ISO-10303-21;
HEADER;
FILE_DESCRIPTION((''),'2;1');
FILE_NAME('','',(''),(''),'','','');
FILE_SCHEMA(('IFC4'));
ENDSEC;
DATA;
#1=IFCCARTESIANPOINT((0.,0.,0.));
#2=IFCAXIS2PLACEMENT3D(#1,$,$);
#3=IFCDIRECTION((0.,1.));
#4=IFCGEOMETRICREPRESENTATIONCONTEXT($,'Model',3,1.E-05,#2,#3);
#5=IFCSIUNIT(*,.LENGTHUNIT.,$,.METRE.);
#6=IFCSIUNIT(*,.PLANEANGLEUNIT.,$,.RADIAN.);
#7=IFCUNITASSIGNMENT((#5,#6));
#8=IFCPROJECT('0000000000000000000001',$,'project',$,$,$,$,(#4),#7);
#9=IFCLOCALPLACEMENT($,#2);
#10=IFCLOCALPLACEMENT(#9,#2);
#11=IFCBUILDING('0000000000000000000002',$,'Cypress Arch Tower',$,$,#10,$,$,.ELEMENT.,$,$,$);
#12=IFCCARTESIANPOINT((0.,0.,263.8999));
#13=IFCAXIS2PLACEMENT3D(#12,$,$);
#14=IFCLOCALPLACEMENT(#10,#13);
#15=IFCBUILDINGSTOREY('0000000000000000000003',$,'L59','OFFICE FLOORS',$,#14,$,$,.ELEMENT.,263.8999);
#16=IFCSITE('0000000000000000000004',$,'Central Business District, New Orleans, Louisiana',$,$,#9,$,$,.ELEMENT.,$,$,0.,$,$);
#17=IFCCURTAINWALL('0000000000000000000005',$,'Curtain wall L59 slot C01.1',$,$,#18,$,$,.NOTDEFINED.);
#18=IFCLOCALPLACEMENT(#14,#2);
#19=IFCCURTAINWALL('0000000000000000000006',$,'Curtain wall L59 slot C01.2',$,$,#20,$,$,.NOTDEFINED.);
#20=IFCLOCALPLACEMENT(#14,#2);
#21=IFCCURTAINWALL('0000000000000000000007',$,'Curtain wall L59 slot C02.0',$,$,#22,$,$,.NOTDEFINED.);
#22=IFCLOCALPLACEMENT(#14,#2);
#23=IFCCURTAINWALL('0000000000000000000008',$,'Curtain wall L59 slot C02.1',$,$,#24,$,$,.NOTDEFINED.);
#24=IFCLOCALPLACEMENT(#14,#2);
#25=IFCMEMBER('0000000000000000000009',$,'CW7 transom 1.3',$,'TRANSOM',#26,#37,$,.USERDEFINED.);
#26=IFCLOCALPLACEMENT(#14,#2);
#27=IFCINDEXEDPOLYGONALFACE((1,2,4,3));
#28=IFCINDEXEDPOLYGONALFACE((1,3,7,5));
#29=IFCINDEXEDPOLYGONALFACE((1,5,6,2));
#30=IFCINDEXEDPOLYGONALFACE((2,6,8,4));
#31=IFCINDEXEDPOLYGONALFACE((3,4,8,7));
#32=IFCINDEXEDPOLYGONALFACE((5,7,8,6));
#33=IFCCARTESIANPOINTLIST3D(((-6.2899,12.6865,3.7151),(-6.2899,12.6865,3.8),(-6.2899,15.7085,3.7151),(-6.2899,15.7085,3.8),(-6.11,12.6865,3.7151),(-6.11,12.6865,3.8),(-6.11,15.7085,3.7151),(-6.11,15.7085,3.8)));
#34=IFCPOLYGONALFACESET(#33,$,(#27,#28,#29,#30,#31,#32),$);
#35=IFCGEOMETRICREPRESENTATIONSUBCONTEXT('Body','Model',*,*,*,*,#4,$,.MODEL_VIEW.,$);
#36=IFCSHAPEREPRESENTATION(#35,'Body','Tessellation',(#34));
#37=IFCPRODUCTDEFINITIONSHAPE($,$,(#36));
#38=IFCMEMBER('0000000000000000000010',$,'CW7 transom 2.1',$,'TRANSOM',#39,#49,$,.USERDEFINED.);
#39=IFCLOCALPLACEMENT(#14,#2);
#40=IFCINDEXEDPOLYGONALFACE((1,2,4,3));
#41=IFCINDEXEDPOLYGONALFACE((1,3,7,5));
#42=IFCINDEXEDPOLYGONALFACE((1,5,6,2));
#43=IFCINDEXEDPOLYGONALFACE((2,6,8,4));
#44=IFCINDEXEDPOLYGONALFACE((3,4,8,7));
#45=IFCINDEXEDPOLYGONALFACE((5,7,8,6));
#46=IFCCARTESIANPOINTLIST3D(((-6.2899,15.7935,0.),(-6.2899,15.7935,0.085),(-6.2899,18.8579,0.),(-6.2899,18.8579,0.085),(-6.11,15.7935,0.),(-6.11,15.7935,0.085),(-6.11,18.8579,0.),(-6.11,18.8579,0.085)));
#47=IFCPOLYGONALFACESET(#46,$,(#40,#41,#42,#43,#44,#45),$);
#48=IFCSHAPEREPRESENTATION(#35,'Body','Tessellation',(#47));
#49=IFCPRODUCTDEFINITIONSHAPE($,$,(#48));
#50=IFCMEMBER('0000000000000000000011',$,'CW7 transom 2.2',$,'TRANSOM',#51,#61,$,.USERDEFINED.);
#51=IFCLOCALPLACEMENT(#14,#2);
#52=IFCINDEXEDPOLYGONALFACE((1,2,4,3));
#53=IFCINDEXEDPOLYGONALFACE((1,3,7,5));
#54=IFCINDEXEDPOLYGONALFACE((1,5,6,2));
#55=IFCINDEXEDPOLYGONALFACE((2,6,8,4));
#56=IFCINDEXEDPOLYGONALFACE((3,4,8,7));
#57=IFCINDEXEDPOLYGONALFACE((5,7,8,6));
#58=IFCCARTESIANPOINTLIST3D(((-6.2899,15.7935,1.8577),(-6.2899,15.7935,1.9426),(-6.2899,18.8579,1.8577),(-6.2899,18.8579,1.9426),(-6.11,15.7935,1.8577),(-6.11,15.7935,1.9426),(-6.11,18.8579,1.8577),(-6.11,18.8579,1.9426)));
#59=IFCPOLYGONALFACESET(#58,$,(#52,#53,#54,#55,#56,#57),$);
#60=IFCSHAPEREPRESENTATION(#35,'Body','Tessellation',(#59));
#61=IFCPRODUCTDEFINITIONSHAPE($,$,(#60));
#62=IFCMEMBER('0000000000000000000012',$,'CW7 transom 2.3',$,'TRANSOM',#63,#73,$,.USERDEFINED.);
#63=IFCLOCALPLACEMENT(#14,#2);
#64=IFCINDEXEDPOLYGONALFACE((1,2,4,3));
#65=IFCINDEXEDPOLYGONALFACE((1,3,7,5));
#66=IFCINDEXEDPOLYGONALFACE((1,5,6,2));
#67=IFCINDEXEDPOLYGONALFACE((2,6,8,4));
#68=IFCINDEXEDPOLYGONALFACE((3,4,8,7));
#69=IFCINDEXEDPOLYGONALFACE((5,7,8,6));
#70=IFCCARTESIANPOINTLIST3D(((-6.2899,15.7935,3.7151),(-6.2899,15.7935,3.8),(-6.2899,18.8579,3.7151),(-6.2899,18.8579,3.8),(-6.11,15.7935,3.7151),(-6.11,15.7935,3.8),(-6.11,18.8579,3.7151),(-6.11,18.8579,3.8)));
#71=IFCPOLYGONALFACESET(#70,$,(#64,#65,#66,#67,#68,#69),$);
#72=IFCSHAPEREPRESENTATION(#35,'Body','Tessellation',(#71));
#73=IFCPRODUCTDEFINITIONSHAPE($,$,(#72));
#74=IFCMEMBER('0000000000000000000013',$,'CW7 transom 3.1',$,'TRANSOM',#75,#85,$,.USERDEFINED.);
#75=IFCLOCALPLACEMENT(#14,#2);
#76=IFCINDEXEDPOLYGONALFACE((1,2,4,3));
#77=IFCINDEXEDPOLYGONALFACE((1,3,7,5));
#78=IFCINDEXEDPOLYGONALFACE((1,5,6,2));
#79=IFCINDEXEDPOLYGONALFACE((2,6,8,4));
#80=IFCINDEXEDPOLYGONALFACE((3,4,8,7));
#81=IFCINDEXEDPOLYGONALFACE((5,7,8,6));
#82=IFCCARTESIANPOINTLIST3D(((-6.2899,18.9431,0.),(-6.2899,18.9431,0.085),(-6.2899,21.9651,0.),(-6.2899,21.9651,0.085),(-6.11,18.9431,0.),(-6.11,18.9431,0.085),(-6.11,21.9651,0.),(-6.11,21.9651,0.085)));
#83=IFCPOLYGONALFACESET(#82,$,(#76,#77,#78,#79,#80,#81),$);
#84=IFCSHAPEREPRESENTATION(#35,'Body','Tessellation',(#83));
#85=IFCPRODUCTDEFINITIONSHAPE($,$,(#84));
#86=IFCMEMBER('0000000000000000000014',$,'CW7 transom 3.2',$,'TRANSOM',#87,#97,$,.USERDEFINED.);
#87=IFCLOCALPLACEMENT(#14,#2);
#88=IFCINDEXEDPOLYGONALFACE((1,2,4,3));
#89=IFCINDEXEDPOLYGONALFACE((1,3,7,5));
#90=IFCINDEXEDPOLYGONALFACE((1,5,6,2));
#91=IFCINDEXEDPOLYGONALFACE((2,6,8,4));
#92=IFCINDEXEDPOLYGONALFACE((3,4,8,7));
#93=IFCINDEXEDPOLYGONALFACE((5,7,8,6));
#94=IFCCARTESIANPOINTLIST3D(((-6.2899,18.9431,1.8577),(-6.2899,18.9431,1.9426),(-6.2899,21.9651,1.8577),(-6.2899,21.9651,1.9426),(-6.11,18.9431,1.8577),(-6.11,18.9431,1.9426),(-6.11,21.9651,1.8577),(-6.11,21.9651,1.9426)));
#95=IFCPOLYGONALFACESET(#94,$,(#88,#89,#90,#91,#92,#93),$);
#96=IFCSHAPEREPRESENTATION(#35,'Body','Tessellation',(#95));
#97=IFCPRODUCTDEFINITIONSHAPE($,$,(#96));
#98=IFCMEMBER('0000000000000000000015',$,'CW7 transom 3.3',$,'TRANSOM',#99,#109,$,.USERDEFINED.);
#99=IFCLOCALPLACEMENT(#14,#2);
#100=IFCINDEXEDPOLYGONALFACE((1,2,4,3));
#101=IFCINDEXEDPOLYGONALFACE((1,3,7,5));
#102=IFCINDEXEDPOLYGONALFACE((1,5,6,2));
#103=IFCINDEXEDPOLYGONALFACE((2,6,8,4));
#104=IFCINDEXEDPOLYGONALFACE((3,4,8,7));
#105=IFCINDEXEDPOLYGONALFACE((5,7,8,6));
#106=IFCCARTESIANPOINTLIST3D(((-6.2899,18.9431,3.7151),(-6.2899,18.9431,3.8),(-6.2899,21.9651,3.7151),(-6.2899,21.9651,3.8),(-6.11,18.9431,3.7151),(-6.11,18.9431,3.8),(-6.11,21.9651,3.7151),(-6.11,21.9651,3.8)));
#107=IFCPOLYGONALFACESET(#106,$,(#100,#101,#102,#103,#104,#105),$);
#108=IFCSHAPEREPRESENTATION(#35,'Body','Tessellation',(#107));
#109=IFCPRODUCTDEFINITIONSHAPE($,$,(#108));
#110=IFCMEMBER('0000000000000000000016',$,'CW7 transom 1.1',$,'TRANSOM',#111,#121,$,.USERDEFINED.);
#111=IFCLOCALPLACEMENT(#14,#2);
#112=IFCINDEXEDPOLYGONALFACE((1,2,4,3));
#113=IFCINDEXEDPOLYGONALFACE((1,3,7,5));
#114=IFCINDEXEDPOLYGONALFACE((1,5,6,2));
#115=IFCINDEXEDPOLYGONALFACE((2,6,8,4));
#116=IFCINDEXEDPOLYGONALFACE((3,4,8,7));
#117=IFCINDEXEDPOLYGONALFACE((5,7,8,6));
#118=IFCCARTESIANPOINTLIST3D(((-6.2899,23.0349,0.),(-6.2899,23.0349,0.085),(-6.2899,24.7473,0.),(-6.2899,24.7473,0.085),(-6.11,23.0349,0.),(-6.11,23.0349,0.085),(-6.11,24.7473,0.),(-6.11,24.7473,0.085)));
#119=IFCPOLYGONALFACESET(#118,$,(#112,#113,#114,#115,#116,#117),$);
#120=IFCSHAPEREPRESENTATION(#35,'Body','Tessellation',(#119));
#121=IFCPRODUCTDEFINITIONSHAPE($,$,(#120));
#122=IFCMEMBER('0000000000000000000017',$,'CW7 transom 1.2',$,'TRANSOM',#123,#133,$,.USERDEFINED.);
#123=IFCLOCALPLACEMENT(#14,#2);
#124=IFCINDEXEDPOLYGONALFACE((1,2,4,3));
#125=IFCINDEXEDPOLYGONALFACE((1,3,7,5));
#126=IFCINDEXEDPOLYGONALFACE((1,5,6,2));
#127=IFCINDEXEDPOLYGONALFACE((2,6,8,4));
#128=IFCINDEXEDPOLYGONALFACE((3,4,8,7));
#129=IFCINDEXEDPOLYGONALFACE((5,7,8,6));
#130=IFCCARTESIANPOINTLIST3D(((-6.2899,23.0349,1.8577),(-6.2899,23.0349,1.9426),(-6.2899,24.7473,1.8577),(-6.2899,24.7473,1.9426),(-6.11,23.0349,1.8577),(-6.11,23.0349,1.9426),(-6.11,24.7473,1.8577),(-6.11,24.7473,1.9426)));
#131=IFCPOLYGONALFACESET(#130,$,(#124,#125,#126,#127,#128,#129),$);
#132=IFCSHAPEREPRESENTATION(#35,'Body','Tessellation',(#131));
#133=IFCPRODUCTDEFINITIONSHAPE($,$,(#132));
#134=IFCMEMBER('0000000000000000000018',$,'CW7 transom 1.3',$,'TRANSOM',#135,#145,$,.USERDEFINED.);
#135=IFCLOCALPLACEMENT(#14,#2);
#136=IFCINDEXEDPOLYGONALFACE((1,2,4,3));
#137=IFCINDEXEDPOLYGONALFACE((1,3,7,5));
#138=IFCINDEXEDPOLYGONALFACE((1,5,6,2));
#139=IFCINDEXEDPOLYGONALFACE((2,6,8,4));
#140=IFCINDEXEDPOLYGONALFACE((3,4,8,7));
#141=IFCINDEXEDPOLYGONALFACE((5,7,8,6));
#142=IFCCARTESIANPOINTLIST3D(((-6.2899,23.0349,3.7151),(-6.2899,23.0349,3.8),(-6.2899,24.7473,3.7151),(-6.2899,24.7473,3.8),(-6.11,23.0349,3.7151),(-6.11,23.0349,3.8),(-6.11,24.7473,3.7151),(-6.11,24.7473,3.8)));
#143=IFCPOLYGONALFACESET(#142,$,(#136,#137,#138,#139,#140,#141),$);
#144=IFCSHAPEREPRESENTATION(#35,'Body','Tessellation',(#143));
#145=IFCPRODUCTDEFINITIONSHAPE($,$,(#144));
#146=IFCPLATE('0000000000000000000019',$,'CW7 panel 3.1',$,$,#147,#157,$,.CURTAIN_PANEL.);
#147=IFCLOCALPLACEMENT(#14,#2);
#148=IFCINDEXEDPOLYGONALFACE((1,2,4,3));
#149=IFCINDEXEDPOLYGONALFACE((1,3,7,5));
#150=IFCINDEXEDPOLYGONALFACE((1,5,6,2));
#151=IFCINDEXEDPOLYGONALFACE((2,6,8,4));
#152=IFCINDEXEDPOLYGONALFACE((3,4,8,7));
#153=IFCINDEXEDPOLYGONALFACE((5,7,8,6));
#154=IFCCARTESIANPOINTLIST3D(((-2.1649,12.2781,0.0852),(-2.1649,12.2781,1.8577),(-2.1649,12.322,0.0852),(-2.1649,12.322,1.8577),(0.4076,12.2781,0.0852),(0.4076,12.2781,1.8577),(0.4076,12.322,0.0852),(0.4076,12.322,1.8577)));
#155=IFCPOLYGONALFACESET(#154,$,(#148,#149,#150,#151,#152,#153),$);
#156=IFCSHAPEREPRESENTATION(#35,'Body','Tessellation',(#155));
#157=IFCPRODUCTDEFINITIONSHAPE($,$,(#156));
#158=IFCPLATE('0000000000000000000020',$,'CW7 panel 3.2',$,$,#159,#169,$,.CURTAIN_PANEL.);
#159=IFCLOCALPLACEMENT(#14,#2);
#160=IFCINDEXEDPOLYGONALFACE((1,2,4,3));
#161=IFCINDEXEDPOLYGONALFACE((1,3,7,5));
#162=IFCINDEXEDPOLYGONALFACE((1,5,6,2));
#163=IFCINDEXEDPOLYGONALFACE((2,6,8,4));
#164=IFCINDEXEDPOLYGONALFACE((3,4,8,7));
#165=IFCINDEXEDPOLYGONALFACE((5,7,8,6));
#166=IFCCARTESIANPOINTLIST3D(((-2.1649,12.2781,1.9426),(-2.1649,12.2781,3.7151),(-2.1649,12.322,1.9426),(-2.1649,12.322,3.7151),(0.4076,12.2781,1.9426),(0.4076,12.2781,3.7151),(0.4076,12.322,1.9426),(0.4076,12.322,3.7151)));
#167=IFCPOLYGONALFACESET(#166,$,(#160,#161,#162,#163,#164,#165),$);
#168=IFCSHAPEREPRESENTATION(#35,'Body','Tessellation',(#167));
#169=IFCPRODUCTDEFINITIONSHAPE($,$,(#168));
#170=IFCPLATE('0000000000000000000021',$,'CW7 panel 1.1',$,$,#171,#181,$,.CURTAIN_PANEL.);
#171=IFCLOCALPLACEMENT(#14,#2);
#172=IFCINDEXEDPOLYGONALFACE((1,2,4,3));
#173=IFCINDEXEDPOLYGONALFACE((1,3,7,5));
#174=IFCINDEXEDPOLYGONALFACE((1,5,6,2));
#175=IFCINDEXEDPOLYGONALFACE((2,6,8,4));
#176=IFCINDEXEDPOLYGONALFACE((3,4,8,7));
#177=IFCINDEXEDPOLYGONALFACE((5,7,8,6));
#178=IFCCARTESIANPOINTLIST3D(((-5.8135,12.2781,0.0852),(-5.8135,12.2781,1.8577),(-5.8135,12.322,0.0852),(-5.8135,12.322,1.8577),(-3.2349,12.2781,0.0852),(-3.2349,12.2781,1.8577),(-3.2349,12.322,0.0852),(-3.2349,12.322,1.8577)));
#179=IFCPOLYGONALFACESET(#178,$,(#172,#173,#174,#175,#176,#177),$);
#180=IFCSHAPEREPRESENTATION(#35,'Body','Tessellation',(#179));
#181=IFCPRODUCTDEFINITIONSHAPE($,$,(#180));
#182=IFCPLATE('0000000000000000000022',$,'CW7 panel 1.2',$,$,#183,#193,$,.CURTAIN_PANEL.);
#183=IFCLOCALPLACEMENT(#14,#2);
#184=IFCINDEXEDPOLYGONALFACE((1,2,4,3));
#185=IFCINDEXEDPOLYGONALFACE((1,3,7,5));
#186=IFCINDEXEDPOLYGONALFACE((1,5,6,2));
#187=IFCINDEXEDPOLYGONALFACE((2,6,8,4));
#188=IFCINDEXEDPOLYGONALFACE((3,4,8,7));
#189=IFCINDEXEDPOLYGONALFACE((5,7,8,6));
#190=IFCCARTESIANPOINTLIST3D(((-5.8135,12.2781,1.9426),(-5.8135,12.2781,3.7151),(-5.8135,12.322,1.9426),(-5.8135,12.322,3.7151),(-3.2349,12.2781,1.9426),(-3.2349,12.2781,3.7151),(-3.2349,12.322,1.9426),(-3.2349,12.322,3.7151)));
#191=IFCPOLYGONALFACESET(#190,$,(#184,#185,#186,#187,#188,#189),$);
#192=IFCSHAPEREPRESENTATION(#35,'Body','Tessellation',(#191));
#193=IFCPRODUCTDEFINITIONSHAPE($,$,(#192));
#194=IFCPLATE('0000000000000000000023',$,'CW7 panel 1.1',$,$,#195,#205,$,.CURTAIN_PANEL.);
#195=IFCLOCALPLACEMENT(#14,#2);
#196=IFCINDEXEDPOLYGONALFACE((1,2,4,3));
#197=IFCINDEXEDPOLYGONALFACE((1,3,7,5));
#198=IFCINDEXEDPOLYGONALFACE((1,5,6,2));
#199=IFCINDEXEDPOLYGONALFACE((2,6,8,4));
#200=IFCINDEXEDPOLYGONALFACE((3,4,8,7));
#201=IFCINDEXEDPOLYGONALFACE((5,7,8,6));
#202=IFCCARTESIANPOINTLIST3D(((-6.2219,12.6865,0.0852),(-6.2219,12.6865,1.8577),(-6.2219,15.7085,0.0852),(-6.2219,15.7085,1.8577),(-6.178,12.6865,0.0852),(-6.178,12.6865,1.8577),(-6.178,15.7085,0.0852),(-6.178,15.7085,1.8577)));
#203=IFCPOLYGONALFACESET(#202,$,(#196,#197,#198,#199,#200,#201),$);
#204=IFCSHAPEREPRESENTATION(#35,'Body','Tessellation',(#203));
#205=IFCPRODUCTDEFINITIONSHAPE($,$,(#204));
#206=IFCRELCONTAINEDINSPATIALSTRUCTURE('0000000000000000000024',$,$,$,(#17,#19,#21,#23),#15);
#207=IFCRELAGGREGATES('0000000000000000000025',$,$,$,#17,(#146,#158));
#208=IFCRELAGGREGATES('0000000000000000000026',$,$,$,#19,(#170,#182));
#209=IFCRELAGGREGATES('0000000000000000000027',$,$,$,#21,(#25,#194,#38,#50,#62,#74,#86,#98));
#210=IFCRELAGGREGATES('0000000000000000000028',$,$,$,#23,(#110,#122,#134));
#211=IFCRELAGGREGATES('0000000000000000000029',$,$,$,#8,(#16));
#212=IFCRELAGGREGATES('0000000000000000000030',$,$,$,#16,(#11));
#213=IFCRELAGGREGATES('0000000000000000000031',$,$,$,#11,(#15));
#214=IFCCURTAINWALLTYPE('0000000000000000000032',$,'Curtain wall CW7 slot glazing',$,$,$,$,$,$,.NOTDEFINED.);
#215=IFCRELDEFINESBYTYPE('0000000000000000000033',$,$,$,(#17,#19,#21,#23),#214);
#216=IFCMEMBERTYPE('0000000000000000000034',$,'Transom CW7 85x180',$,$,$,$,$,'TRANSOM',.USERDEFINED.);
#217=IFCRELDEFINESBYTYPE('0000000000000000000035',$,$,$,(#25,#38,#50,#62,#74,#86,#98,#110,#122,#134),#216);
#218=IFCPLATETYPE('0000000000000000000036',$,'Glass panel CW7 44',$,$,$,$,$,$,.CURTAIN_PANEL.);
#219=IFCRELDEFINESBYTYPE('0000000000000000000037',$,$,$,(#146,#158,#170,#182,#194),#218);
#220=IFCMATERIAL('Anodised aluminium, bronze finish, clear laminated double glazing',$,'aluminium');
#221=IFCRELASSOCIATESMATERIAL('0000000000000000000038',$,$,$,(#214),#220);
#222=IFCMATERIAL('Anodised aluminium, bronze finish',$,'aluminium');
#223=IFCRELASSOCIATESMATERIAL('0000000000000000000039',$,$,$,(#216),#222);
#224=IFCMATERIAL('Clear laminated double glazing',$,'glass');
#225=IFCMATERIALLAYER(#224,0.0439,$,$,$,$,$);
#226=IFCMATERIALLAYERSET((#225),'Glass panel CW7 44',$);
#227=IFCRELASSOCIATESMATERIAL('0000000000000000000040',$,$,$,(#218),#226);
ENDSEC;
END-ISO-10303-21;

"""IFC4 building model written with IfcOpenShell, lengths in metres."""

from ifc_helpers import new_model, si_unit, direction, frame, origin, origin_2d, place, context, subcontext, project, spatial, rectangle, extrude, material, layer, layer_set, material_profile, profile_set, type_object, element, aggregate, save


model = new_model("IFC4")

# Units and contexts
model_context = context("Model", 3, precision=1e-05, world=origin(), true_north=direction((0.0, 1.0)))
body_context = subcontext(model_context, "Body", "Model", "MODEL_VIEW")
ifc_project = project(units=[si_unit("LENGTHUNIT", "METRE"), si_unit("PLANEANGLEUNIT", "RADIAN")], contexts=[model_context])

# Site, building, storey
site_placement = place(None, origin())
site = spatial("IfcSite", under=ifc_project, at=site_placement, Name="Central Business District, New Orleans, Louisiana", CompositionType="ELEMENT", RefElevation=0.0)
building_placement = place(site_placement, origin())
building = spatial("IfcBuilding", under=site, at=building_placement, Name="Cypress Arch Tower", CompositionType="ELEMENT")
storey_placement = place(building_placement, frame((0.0, 0.0, 263.8999)))
storey = spatial("IfcBuildingStorey", under=building, at=storey_placement, Name="L59", Description="OFFICE FLOORS", CompositionType="ELEMENT", Elevation=263.8999)

# Curtain wall
ifc_material_1 = material(Name="Anodised aluminium, bronze finish, clear laminated double glazing", Category="aluminium")
curtain_wall_type = type_object("IfcCurtainWallType", Name="Curtain wall CW7 slot glazing", PredefinedType="NOTDEFINED", material=ifc_material_1)
curtain_wall_1_placement = place(storey_placement, origin())
curtain_wall_1 = element("IfcCurtainWall", 1, at=curtain_wall_1_placement, inside=storey, type_object=curtain_wall_type, Name="Curtain wall L59 slot C01.1", PredefinedType="NOTDEFINED")

# Curtain walls
curtain_wall_2_placement = place(storey_placement, origin())
curtain_wall_2 = element("IfcCurtainWall", 2, at=curtain_wall_2_placement, inside=storey, type_object=curtain_wall_type, Name="Curtain wall L59 slot C01.2", PredefinedType="NOTDEFINED")
curtain_wall_3_placement = place(storey_placement, origin())
curtain_wall_3 = element("IfcCurtainWall", 3, at=curtain_wall_3_placement, inside=storey, type_object=curtain_wall_type, Name="Curtain wall L59 slot C02.0", PredefinedType="NOTDEFINED")
curtain_wall_4_placement = place(storey_placement, origin())
curtain_wall_4 = element("IfcCurtainWall", 4, at=curtain_wall_4_placement, inside=storey, type_object=curtain_wall_type, Name="Curtain wall L59 slot C02.1", PredefinedType="NOTDEFINED")

# Members
ifc_material_2 = material(Name="Anodised aluminium, bronze finish", Category="aluminium")
ifc_material_profile_1 = material_profile(ifc_material_2, rectangle(XDim=0.1799, YDim=0.085, at=origin_2d()), Name="Transom 85x180")
ifc_profile_set_1 = profile_set([ifc_material_profile_1], Name="Anodised aluminium, bronze finish")
member_type_1 = type_object("IfcMemberType", Name="Transom CW7 85x180", ElementType="TRANSOM", PredefinedType="USERDEFINED", material=ifc_profile_set_1)
member_1_placement = place(storey_placement, frame((-6.2, 12.6865, 3.7576), z_axis=(0.0, 1.0, 0.0), x_axis=(-1.0, 0.0, 0.0)))
member_1 = element("IfcMember", 5, at=member_1_placement, type_object=member_type_1, Name="CW7 transom 1.3", ObjectType="TRANSOM", PredefinedType="USERDEFINED", context=body_context, shape_type="SweptSolid", body=[
    extrude(rectangle(XDim=0.1799, YDim=0.085, at=origin_2d()), origin(), (0.0, 0.0, 1.0), 3.022),
])
member_2_placement = place(storey_placement, frame((-6.2, 15.7935, 0.0425), z_axis=(0.0, 1.0, 0.0), x_axis=(-1.0, 0.0, 0.0)))
member_2 = element("IfcMember", 6, at=member_2_placement, type_object=member_type_1, Name="CW7 transom 2.1", ObjectType="TRANSOM", PredefinedType="USERDEFINED", context=body_context, shape_type="SweptSolid", body=[
    extrude(rectangle(XDim=0.1799, YDim=0.085, at=origin_2d()), origin(), (0.0, 0.0, 1.0), 3.0645),
])
member_3_placement = place(storey_placement, frame((-6.2, 15.7935, 1.9001), z_axis=(0.0, 1.0, 0.0), x_axis=(-1.0, 0.0, 0.0)))
member_3 = element("IfcMember", 7, at=member_3_placement, type_object=member_type_1, Name="CW7 transom 2.2", ObjectType="TRANSOM", PredefinedType="USERDEFINED", context=body_context, shape_type="SweptSolid", body=[
    extrude(rectangle(XDim=0.1799, YDim=0.085, at=origin_2d()), origin(), (0.0, 0.0, 1.0), 3.0645),
])
member_4_placement = place(storey_placement, frame((-6.2, 15.7935, 3.7576), z_axis=(0.0, 1.0, 0.0), x_axis=(-1.0, 0.0, 0.0)))
member_4 = element("IfcMember", 8, at=member_4_placement, type_object=member_type_1, Name="CW7 transom 2.3", ObjectType="TRANSOM", PredefinedType="USERDEFINED", context=body_context, shape_type="SweptSolid", body=[
    extrude(rectangle(XDim=0.1799, YDim=0.085, at=origin_2d()), origin(), (0.0, 0.0, 1.0), 3.0645),
])
member_5_placement = place(storey_placement, frame((-6.2, 18.9431, 0.0425), z_axis=(0.0, 1.0, 0.0), x_axis=(-1.0, 0.0, 0.0)))
member_5 = element("IfcMember", 9, at=member_5_placement, type_object=member_type_1, Name="CW7 transom 3.1", ObjectType="TRANSOM", PredefinedType="USERDEFINED", context=body_context, shape_type="SweptSolid", body=[
    extrude(rectangle(XDim=0.1799, YDim=0.085, at=origin_2d()), origin(), (0.0, 0.0, 1.0), 3.022),
])
member_6_placement = place(storey_placement, frame((-6.2, 18.9431, 1.9001), z_axis=(0.0, 1.0, 0.0), x_axis=(-1.0, 0.0, 0.0)))
member_6 = element("IfcMember", 10, at=member_6_placement, type_object=member_type_1, Name="CW7 transom 3.2", ObjectType="TRANSOM", PredefinedType="USERDEFINED", context=body_context, shape_type="SweptSolid", body=[
    extrude(rectangle(XDim=0.1799, YDim=0.085, at=origin_2d()), origin(), (0.0, 0.0, 1.0), 3.022),
])
member_7_placement = place(storey_placement, frame((-6.2, 18.9431, 3.7576), z_axis=(0.0, 1.0, 0.0), x_axis=(-1.0, 0.0, 0.0)))
member_7 = element("IfcMember", 11, at=member_7_placement, type_object=member_type_1, Name="CW7 transom 3.3", ObjectType="TRANSOM", PredefinedType="USERDEFINED", context=body_context, shape_type="SweptSolid", body=[
    extrude(rectangle(XDim=0.1799, YDim=0.085, at=origin_2d()), origin(), (0.0, 0.0, 1.0), 3.022),
])
member_8_placement = place(storey_placement, frame((-6.2, 23.0349, 0.0425), z_axis=(0.0, 1.0, 0.0), x_axis=(-1.0, 0.0, 0.0)))
member_8 = element("IfcMember", 12, at=member_8_placement, type_object=member_type_1, Name="CW7 transom 1.1", ObjectType="TRANSOM", PredefinedType="USERDEFINED", context=body_context, shape_type="SweptSolid", body=[
    extrude(rectangle(XDim=0.1799, YDim=0.085, at=origin_2d()), origin(), (0.0, 0.0, 1.0), 1.7124),
])
member_9_placement = place(storey_placement, frame((-6.2, 23.0349, 1.9001), z_axis=(0.0, 1.0, 0.0), x_axis=(-1.0, 0.0, 0.0)))
member_9 = element("IfcMember", 13, at=member_9_placement, type_object=member_type_1, Name="CW7 transom 1.2", ObjectType="TRANSOM", PredefinedType="USERDEFINED", context=body_context, shape_type="SweptSolid", body=[
    extrude(rectangle(XDim=0.1799, YDim=0.085, at=origin_2d()), origin(), (0.0, 0.0, 1.0), 1.7124),
])
member_10_placement = place(storey_placement, frame((-6.2, 23.0349, 3.7576), z_axis=(0.0, 1.0, 0.0), x_axis=(-1.0, 0.0, 0.0)))
member_10 = element("IfcMember", 14, at=member_10_placement, type_object=member_type_1, Name="CW7 transom 1.3", ObjectType="TRANSOM", PredefinedType="USERDEFINED", context=body_context, shape_type="SweptSolid", body=[
    extrude(rectangle(XDim=0.1799, YDim=0.085, at=origin_2d()), origin(), (0.0, 0.0, 1.0), 1.7124),
])

# Plates
ifc_material_3 = material(Name="Clear laminated double glazing", Category="glass")
ifc_layer = layer(ifc_material_3, 0.0439)
ifc_layer_set = layer_set([ifc_layer], Name="Glass panel CW7 44")
plate_type = type_object("IfcPlateType", Name="Glass panel CW7 44", PredefinedType="CURTAIN_PANEL", material=ifc_layer_set)
plate_1_placement = place(storey_placement, frame((-0.8787, 12.3, 0.0852), z_axis=(0.0, 0.0, 1.0), x_axis=(-1.0, 0.0, 0.0)))
plate_1 = element("IfcPlate", 15, at=plate_1_placement, type_object=plate_type, Name="CW7 panel 3.1", PredefinedType="CURTAIN_PANEL", context=body_context, shape_type="SweptSolid", body=[
    extrude(rectangle(XDim=2.5725, YDim=0.0439, at=origin_2d()), origin(), (0.0, 0.0, 1.0), 1.7725),
])
plate_2_placement = place(storey_placement, frame((-0.8787, 12.3, 1.9426), z_axis=(0.0, 0.0, 1.0), x_axis=(-1.0, 0.0, 0.0)))
plate_2 = element("IfcPlate", 16, at=plate_2_placement, type_object=plate_type, Name="CW7 panel 3.2", PredefinedType="CURTAIN_PANEL", context=body_context, shape_type="SweptSolid", body=[
    extrude(rectangle(XDim=2.5725, YDim=0.0439, at=origin_2d()), origin(), (0.0, 0.0, 1.0), 1.7725),
])
aggregate(curtain_wall_1, [plate_1, plate_2])
plate_3_placement = place(storey_placement, frame((-4.5242, 12.3, 0.0852), z_axis=(0.0, 0.0, 1.0), x_axis=(-1.0, 0.0, 0.0)))
plate_3 = element("IfcPlate", 17, at=plate_3_placement, type_object=plate_type, Name="CW7 panel 1.1", PredefinedType="CURTAIN_PANEL", context=body_context, shape_type="SweptSolid", body=[
    extrude(rectangle(XDim=2.5786, YDim=0.0439, at=origin_2d()), origin(), (0.0, 0.0, 1.0), 1.7725),
])
plate_4_placement = place(storey_placement, frame((-4.5242, 12.3, 1.9426), z_axis=(0.0, 0.0, 1.0), x_axis=(-1.0, 0.0, 0.0)))
plate_4 = element("IfcPlate", 18, at=plate_4_placement, type_object=plate_type, Name="CW7 panel 1.2", PredefinedType="CURTAIN_PANEL", context=body_context, shape_type="SweptSolid", body=[
    extrude(rectangle(XDim=2.5786, YDim=0.0439, at=origin_2d()), origin(), (0.0, 0.0, 1.0), 1.7725),
])
aggregate(curtain_wall_2, [plate_3, plate_4])
plate_5_placement = place(storey_placement, frame((-6.2, 14.1975, 0.0852), z_axis=(0.0, 0.0, 1.0), x_axis=(0.0, 1.0, 0.0)))
plate_5 = element("IfcPlate", 19, at=plate_5_placement, type_object=plate_type, Name="CW7 panel 1.1", PredefinedType="CURTAIN_PANEL", context=body_context, shape_type="SweptSolid", body=[
    extrude(rectangle(XDim=3.022, YDim=0.0439, at=origin_2d()), origin(), (0.0, 0.0, 1.0), 1.7725),
])
aggregate(curtain_wall_3, [member_1, plate_5, member_2, member_3, member_4, member_5, member_6, member_7])
aggregate(curtain_wall_4, [member_8, member_9, member_10])

save(model, "model.ifc")
